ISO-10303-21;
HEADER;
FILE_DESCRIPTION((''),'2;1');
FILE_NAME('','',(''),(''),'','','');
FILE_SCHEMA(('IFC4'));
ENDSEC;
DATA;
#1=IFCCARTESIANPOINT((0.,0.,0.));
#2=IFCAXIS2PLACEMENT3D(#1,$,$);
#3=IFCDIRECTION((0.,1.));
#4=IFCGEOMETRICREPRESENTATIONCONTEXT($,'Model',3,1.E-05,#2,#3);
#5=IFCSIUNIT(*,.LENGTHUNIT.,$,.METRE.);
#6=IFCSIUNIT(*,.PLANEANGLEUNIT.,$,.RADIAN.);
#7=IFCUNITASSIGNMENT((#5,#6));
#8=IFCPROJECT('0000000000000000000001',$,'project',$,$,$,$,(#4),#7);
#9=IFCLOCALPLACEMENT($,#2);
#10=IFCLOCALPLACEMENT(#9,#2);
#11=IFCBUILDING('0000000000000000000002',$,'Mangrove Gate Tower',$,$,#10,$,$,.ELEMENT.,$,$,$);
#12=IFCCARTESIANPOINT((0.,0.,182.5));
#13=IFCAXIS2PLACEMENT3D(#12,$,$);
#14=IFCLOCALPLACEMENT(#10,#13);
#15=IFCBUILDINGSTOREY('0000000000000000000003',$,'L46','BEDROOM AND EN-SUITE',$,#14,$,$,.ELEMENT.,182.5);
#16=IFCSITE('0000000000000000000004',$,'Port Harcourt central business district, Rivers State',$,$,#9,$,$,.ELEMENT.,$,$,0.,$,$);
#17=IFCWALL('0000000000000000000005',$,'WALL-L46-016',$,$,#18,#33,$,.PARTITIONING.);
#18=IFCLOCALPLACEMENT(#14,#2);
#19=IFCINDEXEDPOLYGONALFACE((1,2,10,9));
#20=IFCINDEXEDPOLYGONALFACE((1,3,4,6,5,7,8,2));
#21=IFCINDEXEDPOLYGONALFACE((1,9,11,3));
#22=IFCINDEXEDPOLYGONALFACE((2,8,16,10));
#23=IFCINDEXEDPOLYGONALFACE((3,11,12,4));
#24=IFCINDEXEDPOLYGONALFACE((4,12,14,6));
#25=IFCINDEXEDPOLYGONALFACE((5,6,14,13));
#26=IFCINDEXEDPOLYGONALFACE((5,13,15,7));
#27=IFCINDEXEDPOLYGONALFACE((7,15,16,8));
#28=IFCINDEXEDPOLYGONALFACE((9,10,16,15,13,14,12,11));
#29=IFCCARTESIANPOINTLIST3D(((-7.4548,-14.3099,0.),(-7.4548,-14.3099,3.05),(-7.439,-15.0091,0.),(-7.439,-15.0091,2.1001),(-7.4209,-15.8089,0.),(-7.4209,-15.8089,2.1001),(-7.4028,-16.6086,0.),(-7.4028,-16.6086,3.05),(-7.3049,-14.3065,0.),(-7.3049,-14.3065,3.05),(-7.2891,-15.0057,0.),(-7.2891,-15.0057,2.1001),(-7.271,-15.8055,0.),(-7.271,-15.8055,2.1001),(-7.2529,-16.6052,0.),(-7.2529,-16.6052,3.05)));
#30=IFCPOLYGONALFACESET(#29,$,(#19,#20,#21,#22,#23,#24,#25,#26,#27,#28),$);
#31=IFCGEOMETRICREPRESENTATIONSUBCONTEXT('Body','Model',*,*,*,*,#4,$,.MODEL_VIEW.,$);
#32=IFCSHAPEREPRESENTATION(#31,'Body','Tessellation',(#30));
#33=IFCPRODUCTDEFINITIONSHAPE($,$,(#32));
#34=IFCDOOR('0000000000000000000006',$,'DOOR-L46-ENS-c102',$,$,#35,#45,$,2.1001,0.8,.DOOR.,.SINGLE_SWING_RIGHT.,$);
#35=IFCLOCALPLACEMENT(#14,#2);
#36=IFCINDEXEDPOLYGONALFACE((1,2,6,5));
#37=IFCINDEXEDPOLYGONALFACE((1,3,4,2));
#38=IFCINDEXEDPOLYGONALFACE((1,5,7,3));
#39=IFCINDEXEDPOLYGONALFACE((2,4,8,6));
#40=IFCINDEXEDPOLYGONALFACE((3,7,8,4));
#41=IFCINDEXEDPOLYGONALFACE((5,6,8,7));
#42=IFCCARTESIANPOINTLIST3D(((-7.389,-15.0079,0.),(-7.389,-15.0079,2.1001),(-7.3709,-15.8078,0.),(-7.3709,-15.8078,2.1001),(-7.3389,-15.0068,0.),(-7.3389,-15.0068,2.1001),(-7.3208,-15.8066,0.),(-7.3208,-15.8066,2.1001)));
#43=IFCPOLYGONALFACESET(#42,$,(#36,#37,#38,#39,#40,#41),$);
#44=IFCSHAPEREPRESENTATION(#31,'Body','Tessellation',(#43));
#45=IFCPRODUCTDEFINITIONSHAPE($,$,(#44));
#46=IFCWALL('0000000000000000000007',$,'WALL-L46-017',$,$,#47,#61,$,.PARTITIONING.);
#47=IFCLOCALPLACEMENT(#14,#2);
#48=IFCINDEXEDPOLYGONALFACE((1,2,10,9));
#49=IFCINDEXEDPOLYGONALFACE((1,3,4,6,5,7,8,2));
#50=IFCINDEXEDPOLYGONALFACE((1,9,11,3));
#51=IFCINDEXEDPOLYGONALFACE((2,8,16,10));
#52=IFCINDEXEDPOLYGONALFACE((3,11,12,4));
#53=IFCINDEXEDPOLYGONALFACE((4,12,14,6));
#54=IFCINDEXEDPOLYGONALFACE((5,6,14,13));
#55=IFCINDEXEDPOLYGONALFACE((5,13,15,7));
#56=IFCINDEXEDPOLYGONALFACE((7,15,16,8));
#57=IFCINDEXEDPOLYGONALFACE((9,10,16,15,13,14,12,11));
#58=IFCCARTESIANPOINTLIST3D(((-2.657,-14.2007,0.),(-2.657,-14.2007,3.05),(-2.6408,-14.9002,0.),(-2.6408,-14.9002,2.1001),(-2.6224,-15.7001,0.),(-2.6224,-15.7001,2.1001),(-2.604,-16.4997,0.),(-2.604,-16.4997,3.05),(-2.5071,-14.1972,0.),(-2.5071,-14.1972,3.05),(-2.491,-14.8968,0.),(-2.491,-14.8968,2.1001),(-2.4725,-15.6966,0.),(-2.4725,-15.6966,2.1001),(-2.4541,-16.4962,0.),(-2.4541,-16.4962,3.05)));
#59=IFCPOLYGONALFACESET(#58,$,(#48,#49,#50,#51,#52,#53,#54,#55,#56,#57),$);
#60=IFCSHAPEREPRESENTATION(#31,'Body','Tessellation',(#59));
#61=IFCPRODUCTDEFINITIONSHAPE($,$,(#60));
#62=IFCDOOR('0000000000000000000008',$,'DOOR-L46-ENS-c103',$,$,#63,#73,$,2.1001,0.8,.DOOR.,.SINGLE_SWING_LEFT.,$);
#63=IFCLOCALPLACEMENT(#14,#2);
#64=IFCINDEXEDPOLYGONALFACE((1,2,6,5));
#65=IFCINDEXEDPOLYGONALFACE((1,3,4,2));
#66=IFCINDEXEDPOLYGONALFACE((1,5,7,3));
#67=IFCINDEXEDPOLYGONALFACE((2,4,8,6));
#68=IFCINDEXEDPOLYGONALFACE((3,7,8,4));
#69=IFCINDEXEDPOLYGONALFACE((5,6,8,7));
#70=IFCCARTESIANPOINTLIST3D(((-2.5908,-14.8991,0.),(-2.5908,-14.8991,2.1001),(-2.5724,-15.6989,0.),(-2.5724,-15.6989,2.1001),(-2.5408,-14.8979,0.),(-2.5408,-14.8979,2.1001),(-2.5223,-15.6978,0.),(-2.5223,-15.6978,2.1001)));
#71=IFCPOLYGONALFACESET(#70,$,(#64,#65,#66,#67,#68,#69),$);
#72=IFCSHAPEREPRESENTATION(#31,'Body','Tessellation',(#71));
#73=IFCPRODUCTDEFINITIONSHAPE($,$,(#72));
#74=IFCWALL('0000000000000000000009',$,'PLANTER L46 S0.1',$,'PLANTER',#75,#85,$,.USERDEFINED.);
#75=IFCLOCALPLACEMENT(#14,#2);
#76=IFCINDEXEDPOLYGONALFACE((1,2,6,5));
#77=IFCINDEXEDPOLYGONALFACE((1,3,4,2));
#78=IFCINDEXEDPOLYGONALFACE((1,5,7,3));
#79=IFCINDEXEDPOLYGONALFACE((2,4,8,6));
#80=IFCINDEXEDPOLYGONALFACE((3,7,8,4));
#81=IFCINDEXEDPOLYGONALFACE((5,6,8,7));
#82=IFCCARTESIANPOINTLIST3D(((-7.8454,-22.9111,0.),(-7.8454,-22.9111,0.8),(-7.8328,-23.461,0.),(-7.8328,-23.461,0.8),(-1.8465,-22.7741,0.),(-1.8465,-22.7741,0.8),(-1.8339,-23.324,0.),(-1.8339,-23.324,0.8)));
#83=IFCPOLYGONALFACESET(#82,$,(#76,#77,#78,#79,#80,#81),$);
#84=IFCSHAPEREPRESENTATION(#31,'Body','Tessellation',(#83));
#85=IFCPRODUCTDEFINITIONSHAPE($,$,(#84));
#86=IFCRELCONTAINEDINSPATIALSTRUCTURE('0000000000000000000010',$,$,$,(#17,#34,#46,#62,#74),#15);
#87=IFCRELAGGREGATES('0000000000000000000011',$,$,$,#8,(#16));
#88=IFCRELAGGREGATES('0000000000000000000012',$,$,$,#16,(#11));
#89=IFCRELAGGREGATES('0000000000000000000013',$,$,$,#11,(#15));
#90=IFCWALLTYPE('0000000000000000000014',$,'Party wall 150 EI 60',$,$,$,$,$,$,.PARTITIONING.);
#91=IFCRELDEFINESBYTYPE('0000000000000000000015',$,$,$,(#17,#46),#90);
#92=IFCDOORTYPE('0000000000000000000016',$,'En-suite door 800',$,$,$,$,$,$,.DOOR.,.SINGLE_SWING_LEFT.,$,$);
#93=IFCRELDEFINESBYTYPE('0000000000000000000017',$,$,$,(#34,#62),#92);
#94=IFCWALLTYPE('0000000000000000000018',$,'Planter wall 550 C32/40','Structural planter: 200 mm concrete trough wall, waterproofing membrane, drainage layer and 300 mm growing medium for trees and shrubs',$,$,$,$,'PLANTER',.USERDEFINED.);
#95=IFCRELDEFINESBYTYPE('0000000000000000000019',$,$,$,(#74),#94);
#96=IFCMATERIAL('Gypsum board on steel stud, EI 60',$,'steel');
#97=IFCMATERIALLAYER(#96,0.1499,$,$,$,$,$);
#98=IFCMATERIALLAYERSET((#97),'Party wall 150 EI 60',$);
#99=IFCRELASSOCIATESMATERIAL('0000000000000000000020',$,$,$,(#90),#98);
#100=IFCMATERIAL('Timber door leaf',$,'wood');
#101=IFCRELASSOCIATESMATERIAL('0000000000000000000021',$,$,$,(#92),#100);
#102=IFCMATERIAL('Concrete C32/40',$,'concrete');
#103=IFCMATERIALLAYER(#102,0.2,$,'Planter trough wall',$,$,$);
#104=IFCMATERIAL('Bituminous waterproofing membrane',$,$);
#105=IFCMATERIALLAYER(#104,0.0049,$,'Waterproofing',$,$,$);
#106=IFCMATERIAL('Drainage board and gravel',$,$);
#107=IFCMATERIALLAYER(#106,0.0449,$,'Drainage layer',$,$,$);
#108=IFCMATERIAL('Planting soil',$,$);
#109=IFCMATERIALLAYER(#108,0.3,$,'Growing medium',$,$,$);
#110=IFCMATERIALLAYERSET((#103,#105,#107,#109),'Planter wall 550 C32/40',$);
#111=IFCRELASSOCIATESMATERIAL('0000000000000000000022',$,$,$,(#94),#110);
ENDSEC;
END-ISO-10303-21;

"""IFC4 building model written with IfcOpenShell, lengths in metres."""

from ifc_helpers import new_model, si_unit, direction, frame, frame_2d, origin, place, context, subcontext, project, spatial, rectangle, extrude, material, layer, layer_set, type_object, element, fill, save


model = new_model("IFC4")

# Units and contexts
model_context = context("Model", 3, precision=1e-05, world=origin(), true_north=direction((0.0, 1.0)))
body_context = subcontext(model_context, "Body", "Model", "MODEL_VIEW")
ifc_project = project(units=[si_unit("LENGTHUNIT", "METRE"), si_unit("PLANEANGLEUNIT", "RADIAN")], contexts=[model_context])

# Site, building, storey
site_placement = place(None, origin())
site = spatial("IfcSite", under=ifc_project, at=site_placement, Name="Port Harcourt central business district, Rivers State", CompositionType="ELEMENT", RefElevation=0.0)
building_placement = place(site_placement, origin())
building = spatial("IfcBuilding", under=site, at=building_placement, Name="Mangrove Gate Tower", CompositionType="ELEMENT")
storey_placement = place(building_placement, frame((0.0, 0.0, 182.5)))
storey = spatial("IfcBuildingStorey", under=building, at=storey_placement, Name="L46", Description="BEDROOM AND EN-SUITE", CompositionType="ELEMENT", Elevation=182.5)

# Shared definitions
ifc_material_1 = material(Name="Gypsum board on steel stud, EI 60", Category="steel")
ifc_layer_1 = layer(ifc_material_1, 0.1499)
ifc_layer_set_1 = layer_set([ifc_layer_1], Name="Party wall 150 EI 60")
wall_type_1 = type_object("IfcWallType", Name="Party wall 150 EI 60", PredefinedType="PARTITIONING", material=ifc_layer_set_1)

# Shared definitions
ifc_material_2 = material(Name="Timber door leaf", Category="wood")
door_type = type_object("IfcDoorType", Name="En-suite door 800", OperationType="SINGLE_SWING_LEFT", PredefinedType="DOOR", material=ifc_material_2)

# Walls, openings, doors
wall_1_placement = place(storey_placement, frame((-7.3279, -16.6069, 0.0), z_axis=(0.0, 0.0, 1.0), x_axis=(-0.022615, 0.999744, 0.0)))
wall_1 = element("IfcWall", 1, at=wall_1_placement, inside=storey, type_object=wall_type_1, Name="WALL-L46-016", PredefinedType="PARTITIONING", context=body_context, shape_type="SweptSolid", body=[
    extrude(rectangle(XDim=2.2993, YDim=0.1499, at=frame_2d((1.1497, 0.0))), origin(), (0.0, 0.0, 1.0), 3.05),
])
opening_1_placement = place(wall_1_placement, frame((0.8, 0.0, 0.0)))
opening_1 = element("IfcOpeningElement", 2, at=opening_1_placement, cuts=wall_1, PredefinedType="OPENING", context=body_context, shape_type="SweptSolid", body=[
    extrude(rectangle(XDim=0.8, YDim=2.1001, at=frame_2d((0.3999, 1.05))), frame((0.0, 0.085, 0.0), z_axis=(0.0, -1.0, 0.0), x_axis=(1.0, 0.0, 0.0)), (0.0, 0.0, 1.0), 0.1699),
])
door_1_placement = place(opening_1_placement, origin())
door_1 = element("IfcDoor", 3, at=door_1_placement, inside=storey, type_object=door_type, Name="DOOR-L46-ENS-c102", OperationType="SINGLE_SWING_RIGHT", OverallHeight=2.1001, OverallWidth=0.8, PredefinedType="DOOR", context=body_context, shape_type="SweptSolid", body=[
    extrude(rectangle(XDim=0.8, YDim=2.1001, at=frame_2d((0.3999, 1.05))), frame((0.0, 0.0249, 0.0), z_axis=(0.0, -1.0, 0.0), x_axis=(1.0, 0.0, 0.0)), (0.0, 0.0, 1.0), 0.05),
])
fill(opening_1, door_1)
wall_2_placement = place(storey_placement, frame((-2.5291, -16.498, 0.0), z_axis=(0.0, 0.0, 1.0), x_axis=(-0.023037, 0.999735, 0.0)))
wall_2 = element("IfcWall", 4, at=wall_2_placement, inside=storey, type_object=wall_type_1, Name="WALL-L46-017", PredefinedType="PARTITIONING", context=body_context, shape_type="SweptSolid", body=[
    extrude(rectangle(XDim=2.2996, YDim=0.1499, at=frame_2d((1.1499, 0.0))), origin(), (0.0, 0.0, 1.0), 3.05),
])
opening_2_placement = place(wall_2_placement, frame((0.8, 0.0, 0.0)))
opening_2 = element("IfcOpeningElement", 5, at=opening_2_placement, cuts=wall_2, PredefinedType="OPENING", context=body_context, shape_type="SweptSolid", body=[
    extrude(rectangle(XDim=0.8, YDim=2.1001, at=frame_2d((0.3999, 1.05))), frame((0.0, 0.085, 0.0), z_axis=(0.0, -1.0, 0.0), x_axis=(1.0, 0.0, 0.0)), (0.0, 0.0, 1.0), 0.1699),
])
door_2_placement = place(opening_2_placement, origin())
door_2 = element("IfcDoor", 6, at=door_2_placement, inside=storey, type_object=door_type, Name="DOOR-L46-ENS-c103", OperationType="SINGLE_SWING_LEFT", OverallHeight=2.1001, OverallWidth=0.8, PredefinedType="DOOR", context=body_context, shape_type="SweptSolid", body=[
    extrude(rectangle(XDim=0.8, YDim=2.1001, at=frame_2d((0.3999, 1.05))), frame((0.0, 0.0249, 0.0), z_axis=(0.0, -1.0, 0.0), x_axis=(1.0, 0.0, 0.0)), (0.0, 0.0, 1.0), 0.05),
])
fill(opening_2, door_2)

# Wall
ifc_material_3 = material(Name="Concrete C32/40", Category="concrete")
ifc_layer_2 = layer(ifc_material_3, 0.2, Name="Planter trough wall")
ifc_material_4 = material(Name="Bituminous waterproofing membrane")
ifc_layer_3 = layer(ifc_material_4, 0.0049, Name="Waterproofing")
ifc_material_5 = material(Name="Drainage board and gravel")
ifc_layer_4 = layer(ifc_material_5, 0.0449, Name="Drainage layer")
ifc_material_6 = material(Name="Planting soil")
ifc_layer_5 = layer(ifc_material_6, 0.3, Name="Growing medium")
ifc_layer_set_2 = layer_set([ifc_layer_2, ifc_layer_3, ifc_layer_4, ifc_layer_5], Name="Planter wall 550 C32/40")
wall_type_2 = type_object("IfcWallType", Name="Planter wall 550 C32/40", Description="Structural planter: 200 mm concrete trough wall, waterproofing membrane, drainage layer and 300 mm growing medium for trees and shrubs", ElementType="PLANTER", PredefinedType="USERDEFINED", material=ifc_layer_set_2)
wall_3_placement = place(storey_placement, frame((-7.8391, -23.186, 0.0), z_axis=(0.0, 0.0, 1.0), x_axis=(0.999739, 0.022825, 0.0)))
element("IfcWall", 7, at=wall_3_placement, inside=storey, type_object=wall_type_2, Name="PLANTER L46 S0.1", ObjectType="PLANTER", PredefinedType="USERDEFINED", context=body_context, shape_type="SweptSolid", body=[
    extrude(rectangle(XDim=6.0005, YDim=0.55, at=frame_2d((3.0002, 0.0))), origin(), (0.0, 0.0, 1.0), 0.8),
])

save(model, "model.ifc")
